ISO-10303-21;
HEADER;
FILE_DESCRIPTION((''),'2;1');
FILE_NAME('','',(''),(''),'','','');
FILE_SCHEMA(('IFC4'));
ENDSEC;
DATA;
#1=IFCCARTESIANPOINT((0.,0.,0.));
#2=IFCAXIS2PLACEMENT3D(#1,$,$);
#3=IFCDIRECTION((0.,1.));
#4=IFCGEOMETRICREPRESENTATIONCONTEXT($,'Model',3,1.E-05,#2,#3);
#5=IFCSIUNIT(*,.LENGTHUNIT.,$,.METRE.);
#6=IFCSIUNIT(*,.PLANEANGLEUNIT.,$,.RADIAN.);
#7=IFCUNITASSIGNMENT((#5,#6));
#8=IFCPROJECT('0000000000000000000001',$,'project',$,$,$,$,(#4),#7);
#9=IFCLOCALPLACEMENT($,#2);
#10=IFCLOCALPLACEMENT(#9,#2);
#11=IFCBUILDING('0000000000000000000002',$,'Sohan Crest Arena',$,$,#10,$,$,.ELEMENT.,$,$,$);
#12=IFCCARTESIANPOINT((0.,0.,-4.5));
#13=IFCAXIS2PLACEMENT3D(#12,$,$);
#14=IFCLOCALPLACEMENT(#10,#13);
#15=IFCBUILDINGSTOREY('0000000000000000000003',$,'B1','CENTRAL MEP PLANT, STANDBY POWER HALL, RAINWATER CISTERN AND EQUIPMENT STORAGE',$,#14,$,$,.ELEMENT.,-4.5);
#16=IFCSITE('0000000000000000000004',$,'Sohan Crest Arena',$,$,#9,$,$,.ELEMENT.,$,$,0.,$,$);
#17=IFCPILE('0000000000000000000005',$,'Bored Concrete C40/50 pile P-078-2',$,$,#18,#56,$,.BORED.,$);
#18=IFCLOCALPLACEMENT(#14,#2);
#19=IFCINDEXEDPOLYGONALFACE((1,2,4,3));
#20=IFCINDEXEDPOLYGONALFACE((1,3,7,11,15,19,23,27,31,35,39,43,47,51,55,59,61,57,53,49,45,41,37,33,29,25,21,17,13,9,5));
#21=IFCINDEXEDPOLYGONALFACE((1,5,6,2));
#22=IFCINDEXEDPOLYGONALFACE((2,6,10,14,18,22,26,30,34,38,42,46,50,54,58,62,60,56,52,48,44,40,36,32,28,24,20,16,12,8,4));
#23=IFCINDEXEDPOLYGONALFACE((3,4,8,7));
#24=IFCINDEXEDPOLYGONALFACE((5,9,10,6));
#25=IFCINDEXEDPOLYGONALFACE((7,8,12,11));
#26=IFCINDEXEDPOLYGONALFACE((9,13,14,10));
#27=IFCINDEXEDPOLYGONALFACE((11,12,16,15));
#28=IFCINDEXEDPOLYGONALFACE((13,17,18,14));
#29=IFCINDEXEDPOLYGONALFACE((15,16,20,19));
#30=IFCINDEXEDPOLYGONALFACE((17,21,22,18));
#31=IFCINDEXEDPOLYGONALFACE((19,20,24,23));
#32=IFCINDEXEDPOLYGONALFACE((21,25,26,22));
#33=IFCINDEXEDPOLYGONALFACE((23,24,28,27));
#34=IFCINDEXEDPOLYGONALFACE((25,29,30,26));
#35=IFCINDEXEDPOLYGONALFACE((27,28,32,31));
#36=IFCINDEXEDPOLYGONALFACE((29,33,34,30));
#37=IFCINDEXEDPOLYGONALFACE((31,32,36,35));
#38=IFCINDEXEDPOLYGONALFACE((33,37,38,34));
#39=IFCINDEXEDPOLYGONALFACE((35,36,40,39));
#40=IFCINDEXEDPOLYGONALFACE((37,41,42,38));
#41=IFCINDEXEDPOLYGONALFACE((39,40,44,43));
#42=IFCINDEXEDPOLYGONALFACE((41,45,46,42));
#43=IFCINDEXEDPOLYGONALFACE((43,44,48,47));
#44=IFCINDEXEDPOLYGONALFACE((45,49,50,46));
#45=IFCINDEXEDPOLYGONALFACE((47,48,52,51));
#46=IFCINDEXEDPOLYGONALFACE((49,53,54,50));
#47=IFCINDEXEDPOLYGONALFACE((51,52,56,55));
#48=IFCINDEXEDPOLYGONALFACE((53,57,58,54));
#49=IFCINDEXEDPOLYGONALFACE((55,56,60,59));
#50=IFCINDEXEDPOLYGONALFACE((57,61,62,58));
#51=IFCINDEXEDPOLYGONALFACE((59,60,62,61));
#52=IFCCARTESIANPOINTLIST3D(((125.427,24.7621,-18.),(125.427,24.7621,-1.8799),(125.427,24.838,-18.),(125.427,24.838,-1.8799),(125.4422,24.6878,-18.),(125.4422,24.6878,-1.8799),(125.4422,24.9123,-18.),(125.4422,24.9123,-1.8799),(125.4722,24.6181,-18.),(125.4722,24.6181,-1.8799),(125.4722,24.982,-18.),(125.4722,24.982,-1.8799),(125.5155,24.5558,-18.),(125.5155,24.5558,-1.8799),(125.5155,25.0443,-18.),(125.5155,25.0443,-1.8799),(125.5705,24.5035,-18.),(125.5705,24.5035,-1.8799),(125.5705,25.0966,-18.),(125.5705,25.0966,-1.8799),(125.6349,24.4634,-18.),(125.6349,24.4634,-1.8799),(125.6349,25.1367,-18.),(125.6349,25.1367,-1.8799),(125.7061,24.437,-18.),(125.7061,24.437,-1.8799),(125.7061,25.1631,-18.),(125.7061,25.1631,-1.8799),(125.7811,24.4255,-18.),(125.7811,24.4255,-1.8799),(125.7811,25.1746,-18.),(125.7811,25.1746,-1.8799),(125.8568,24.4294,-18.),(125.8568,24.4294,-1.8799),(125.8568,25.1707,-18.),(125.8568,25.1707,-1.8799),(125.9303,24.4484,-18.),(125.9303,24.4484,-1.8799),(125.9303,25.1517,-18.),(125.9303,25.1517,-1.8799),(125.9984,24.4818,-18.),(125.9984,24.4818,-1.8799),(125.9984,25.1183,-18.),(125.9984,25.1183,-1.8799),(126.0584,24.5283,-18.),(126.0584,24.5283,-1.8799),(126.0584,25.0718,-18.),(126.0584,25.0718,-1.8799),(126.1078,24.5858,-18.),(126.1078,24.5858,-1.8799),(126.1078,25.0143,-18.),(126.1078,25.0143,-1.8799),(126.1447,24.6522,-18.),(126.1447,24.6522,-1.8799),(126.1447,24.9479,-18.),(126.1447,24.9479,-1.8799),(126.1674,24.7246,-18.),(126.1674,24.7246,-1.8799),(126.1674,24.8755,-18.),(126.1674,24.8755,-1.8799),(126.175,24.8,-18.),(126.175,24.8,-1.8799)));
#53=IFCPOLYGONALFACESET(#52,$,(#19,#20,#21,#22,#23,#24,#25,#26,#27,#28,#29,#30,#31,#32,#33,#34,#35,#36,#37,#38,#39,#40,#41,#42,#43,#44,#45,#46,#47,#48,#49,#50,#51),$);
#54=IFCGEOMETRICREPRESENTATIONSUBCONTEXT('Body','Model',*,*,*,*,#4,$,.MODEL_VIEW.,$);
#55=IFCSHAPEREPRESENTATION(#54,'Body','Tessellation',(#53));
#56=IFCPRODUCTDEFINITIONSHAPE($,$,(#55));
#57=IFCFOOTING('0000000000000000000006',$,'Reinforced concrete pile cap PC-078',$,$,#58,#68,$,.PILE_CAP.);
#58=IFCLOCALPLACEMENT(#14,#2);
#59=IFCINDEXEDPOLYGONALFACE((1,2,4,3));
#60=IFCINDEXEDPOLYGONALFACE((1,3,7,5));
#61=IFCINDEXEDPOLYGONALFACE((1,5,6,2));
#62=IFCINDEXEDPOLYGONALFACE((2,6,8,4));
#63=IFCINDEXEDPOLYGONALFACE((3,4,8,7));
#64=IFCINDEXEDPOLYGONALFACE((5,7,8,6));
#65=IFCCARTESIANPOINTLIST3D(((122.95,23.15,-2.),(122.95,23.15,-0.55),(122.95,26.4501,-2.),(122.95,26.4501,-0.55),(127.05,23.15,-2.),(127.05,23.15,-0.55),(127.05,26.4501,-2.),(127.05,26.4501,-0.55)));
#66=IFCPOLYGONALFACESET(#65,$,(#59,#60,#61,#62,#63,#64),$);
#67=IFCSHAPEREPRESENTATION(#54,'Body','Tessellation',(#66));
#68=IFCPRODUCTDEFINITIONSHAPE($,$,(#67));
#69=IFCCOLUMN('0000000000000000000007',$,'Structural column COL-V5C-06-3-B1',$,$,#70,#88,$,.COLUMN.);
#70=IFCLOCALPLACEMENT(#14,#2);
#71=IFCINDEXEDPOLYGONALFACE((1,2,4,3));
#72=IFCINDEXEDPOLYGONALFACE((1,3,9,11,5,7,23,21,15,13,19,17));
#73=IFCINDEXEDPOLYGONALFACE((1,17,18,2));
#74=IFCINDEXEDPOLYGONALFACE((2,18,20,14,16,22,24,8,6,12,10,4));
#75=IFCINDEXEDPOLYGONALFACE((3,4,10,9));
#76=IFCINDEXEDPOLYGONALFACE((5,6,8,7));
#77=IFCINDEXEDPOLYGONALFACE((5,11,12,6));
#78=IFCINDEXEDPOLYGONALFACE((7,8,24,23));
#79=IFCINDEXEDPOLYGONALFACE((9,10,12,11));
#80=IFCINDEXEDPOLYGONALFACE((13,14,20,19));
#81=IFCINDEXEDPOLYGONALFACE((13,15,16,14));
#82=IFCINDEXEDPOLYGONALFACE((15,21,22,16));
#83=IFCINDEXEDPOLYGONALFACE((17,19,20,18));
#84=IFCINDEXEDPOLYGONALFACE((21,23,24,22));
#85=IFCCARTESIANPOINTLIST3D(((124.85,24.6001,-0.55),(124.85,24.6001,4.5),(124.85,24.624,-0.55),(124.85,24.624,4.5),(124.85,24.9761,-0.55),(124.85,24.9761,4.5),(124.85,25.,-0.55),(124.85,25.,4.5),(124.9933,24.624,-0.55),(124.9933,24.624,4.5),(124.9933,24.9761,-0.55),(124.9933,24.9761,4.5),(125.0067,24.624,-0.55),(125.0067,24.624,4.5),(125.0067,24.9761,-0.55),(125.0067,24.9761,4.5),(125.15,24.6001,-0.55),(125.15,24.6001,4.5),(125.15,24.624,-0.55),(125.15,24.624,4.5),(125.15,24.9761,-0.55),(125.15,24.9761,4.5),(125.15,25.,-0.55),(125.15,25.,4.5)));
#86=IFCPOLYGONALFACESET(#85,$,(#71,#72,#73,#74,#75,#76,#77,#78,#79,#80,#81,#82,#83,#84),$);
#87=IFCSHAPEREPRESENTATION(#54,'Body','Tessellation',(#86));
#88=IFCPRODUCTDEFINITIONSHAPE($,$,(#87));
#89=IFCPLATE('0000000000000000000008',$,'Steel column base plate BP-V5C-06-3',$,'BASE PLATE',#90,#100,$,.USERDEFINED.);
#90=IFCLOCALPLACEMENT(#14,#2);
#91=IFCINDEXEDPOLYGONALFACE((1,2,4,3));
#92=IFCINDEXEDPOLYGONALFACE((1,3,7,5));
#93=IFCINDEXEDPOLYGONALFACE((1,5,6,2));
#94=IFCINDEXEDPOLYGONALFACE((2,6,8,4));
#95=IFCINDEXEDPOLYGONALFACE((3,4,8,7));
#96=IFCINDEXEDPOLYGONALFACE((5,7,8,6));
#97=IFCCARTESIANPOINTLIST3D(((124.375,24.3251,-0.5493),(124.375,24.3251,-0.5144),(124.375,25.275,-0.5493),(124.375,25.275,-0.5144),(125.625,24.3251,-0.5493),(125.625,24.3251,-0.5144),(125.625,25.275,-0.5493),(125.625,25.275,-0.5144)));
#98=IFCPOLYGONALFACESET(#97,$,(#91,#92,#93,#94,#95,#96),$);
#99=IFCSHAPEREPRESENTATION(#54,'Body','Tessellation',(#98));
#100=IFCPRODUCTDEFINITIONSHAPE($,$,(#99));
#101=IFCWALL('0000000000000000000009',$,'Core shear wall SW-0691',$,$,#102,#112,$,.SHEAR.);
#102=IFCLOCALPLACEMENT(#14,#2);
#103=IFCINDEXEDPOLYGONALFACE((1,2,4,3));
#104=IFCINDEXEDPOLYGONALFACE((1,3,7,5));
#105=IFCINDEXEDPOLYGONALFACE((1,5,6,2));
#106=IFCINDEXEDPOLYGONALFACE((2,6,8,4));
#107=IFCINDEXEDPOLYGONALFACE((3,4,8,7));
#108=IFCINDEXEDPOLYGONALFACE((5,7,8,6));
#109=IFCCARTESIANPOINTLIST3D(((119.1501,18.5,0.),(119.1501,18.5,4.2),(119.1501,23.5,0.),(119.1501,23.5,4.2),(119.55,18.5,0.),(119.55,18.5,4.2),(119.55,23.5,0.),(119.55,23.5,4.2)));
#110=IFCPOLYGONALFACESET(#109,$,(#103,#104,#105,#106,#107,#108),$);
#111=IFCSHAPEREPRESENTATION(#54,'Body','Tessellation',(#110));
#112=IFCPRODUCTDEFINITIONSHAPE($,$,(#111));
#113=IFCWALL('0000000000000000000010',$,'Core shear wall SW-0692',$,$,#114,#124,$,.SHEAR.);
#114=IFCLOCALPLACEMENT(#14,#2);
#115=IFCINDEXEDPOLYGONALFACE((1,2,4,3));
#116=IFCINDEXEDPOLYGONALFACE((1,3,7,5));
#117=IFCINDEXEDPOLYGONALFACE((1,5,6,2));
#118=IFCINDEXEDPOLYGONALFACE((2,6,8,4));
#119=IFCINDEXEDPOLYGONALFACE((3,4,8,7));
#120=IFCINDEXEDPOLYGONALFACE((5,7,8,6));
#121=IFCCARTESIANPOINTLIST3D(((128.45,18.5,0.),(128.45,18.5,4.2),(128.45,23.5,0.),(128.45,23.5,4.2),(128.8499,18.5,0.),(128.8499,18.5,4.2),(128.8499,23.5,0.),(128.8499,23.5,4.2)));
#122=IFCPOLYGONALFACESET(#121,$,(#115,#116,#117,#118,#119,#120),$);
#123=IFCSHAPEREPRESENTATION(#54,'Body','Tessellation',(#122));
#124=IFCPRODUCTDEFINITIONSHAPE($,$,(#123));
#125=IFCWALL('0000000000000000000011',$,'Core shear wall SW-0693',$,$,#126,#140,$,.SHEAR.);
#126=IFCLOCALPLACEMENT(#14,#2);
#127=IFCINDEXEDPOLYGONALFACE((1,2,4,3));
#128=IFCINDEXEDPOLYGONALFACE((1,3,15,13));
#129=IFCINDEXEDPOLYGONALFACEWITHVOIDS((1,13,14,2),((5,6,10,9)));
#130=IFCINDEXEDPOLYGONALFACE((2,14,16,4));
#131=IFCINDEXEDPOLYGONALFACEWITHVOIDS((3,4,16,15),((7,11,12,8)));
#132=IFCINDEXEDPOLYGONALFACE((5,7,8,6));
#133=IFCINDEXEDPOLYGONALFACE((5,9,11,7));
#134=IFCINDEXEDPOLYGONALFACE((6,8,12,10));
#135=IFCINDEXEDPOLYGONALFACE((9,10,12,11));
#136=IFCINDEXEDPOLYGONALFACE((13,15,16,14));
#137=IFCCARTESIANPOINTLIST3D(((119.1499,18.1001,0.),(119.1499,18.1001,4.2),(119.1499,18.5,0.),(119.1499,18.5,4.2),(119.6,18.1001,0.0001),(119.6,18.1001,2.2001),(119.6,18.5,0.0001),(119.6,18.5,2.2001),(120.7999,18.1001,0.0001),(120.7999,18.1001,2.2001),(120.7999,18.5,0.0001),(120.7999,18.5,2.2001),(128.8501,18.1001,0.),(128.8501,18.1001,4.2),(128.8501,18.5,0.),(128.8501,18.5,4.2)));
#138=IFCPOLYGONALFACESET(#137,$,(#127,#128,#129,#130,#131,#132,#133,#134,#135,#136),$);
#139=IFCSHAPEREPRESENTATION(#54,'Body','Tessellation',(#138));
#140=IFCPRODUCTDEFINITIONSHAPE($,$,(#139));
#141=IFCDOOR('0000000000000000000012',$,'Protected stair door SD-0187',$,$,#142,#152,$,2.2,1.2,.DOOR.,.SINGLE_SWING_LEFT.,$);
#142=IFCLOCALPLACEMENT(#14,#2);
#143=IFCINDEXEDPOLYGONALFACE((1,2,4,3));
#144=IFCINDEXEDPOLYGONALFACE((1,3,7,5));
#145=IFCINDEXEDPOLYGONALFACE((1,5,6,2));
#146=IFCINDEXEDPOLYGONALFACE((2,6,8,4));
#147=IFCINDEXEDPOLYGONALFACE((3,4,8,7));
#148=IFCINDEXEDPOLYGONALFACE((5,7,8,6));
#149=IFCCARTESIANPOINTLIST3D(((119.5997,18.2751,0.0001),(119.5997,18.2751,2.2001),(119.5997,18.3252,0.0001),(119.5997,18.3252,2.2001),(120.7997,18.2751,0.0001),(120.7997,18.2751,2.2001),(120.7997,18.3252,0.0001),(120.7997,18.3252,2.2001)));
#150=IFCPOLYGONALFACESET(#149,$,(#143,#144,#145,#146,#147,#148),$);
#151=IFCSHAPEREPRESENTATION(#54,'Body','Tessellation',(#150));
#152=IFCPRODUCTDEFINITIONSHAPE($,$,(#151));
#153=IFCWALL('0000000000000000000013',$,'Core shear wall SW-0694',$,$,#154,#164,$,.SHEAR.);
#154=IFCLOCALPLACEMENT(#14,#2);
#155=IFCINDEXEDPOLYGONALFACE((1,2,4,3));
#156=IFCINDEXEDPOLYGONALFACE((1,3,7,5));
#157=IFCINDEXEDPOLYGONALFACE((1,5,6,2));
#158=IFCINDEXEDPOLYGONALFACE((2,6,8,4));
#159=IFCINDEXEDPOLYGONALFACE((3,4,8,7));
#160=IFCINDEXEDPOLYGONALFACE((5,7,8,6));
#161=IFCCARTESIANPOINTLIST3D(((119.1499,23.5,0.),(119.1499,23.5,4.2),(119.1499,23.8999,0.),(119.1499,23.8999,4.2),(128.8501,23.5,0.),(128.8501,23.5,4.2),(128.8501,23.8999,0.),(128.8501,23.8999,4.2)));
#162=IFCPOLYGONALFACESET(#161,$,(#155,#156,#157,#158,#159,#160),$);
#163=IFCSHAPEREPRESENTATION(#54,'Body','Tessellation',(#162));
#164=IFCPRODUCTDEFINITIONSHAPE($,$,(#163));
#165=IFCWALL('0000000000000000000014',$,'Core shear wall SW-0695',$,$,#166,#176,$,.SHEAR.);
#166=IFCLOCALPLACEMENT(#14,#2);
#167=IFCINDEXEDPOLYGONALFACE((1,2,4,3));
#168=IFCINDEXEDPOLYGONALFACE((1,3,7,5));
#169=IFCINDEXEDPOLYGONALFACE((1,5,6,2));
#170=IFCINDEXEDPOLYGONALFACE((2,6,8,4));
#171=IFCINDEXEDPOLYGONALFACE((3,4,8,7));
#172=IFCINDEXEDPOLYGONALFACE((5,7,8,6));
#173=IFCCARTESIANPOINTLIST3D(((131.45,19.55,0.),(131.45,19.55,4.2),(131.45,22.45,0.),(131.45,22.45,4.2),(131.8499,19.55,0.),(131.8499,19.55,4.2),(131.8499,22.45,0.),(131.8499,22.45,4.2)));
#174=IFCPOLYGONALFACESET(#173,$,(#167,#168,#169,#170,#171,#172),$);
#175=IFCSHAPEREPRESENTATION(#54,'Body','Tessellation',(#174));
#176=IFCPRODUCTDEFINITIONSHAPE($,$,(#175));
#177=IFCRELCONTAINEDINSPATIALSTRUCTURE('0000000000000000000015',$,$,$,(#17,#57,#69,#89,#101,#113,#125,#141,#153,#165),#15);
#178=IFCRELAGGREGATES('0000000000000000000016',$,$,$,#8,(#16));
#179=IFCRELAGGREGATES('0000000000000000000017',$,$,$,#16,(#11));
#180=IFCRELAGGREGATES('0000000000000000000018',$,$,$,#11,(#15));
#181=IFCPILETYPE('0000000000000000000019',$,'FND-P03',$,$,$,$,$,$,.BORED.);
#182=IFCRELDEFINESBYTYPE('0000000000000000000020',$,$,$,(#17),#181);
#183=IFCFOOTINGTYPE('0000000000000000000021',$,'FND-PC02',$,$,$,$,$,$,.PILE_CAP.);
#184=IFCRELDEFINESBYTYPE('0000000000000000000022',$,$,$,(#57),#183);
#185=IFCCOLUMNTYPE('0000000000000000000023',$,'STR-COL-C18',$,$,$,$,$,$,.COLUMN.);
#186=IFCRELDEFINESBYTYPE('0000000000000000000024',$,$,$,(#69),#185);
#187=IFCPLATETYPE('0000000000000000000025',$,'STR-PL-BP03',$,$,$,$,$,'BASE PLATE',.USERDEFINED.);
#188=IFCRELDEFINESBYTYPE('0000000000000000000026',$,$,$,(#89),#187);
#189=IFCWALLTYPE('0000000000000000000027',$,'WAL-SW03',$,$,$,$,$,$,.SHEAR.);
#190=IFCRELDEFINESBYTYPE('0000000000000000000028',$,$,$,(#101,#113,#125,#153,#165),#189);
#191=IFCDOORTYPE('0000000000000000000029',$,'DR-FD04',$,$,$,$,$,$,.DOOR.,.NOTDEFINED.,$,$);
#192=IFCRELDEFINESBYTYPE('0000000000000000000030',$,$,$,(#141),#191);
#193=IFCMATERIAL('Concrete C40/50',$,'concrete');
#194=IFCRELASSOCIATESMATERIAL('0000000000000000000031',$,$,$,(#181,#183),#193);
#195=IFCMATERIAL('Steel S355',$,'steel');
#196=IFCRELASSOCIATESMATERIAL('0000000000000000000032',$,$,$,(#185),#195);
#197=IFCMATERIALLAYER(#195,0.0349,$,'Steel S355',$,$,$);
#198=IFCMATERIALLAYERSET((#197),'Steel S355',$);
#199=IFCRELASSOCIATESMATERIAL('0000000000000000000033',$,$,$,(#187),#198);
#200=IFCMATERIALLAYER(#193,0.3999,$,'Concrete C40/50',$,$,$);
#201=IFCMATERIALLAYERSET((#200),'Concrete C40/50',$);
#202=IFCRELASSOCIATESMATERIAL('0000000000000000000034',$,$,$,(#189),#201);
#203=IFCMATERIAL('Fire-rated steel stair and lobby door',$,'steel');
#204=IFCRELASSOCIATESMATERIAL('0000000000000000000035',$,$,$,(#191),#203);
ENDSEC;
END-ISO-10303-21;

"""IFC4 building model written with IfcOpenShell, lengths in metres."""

from ifc_helpers import new_model, si_unit, direction, frame, frame_2d, origin, origin_2d, place, context, subcontext, project, spatial, rectangle, circle, i_section, extrude, material, layer, layer_set, material_profile, profile_set, type_object, element, fill, save


model = new_model("IFC4")

# Units and contexts
model_context = context("Model", 3, precision=1e-05, world=origin(), true_north=direction((0.0, 1.0)))
body_context = subcontext(model_context, "Body", "Model", "MODEL_VIEW")
ifc_project = project(units=[si_unit("LENGTHUNIT", "METRE"), si_unit("PLANEANGLEUNIT", "RADIAN")], contexts=[model_context])

# Site, building, storey
site_placement = place(None, origin())
site = spatial("IfcSite", under=ifc_project, at=site_placement, Name="Sohan Crest Arena", CompositionType="ELEMENT", RefElevation=0.0)
building_placement = place(site_placement, origin())
building = spatial("IfcBuilding", under=site, at=building_placement, Name="Sohan Crest Arena", CompositionType="ELEMENT")
storey_placement = place(building_placement, frame((0.0, 0.0, -4.5)))
storey = spatial("IfcBuildingStorey", under=building, at=storey_placement, Name="B1", Description="CENTRAL MEP PLANT, STANDBY POWER HALL, RAINWATER CISTERN AND EQUIPMENT STORAGE", CompositionType="ELEMENT", Elevation=-4.5)

# Shared definitions
ifc_material_1 = material(Name="Concrete C40/50", Category="concrete")

# Pile
ifc_material_profile_1 = material_profile(ifc_material_1, circle(Radius=0.375, at=origin_2d()), Name="PILE D750")
ifc_profile_set_1 = profile_set([ifc_material_profile_1], Name="Concrete C40/50")
pile_type_1 = type_object("IfcPileType", Name="FND-P03", PredefinedType="BORED", material=ifc_profile_set_1)
for number, where, z_axis, x_axis, name in (
    (1, (125.8, 24.8, -18.0), (0.0, 0.0, 1.0), (1.0, 0.0, 0.0), "Bored Concrete C40/50 pile P-078-2"),
):
    element("IfcPile", number, at=place(storey_placement, frame(where, z_axis=z_axis, x_axis=x_axis)), inside=storey, type_object=pile_type_1, Name=name, PredefinedType="BORED", context=body_context, shape_type="SweptSolid", body=[
        extrude(circle(Radius=0.375, at=origin_2d()), origin(), (0.0, 0.0, 1.0), 16.1201),
    ])

# Footing
footing_type_1 = type_object("IfcFootingType", Name="FND-PC02", PredefinedType="PILE_CAP", material=ifc_material_1)
footing_1_placement = place(storey_placement, frame((125.0, 24.8, -2.0), z_axis=(0.0, 0.0, 1.0), x_axis=(1.0, 0.0, 0.0)))
element("IfcFooting", 2, at=footing_1_placement, inside=storey, type_object=footing_type_1, Name="Reinforced concrete pile cap PC-078", PredefinedType="PILE_CAP", context=body_context, shape_type="SweptSolid", body=[
    extrude(rectangle(XDim=4.1001, YDim=3.3, at=origin_2d()), origin(), (0.0, 0.0, 1.0), 1.45),
])

# Column
ifc_material_2 = material(Name="Steel S355", Category="steel")
ifc_material_profile_2 = material_profile(ifc_material_2, i_section(OverallWidth=0.3, OverallDepth=0.3999, WebThickness=0.0134, FlangeThickness=0.0239, at=origin_2d()), Name="HEB 400")
ifc_profile_set_2 = profile_set([ifc_material_profile_2], Name="Steel S355")
column_type = type_object("IfcColumnType", Name="STR-COL-C18", PredefinedType="COLUMN", material=ifc_profile_set_2)
column_placement = place(storey_placement, frame((125.0, 24.8, -0.55), z_axis=(0.0, 0.0, 1.0), x_axis=(1.0, 0.0, 0.0)))
element("IfcColumn", 3, at=column_placement, inside=storey, type_object=column_type, Name="Structural column COL-V5C-06-3-B1", PredefinedType="COLUMN", context=body_context, shape_type="SweptSolid", body=[
    extrude(i_section(OverallWidth=0.3, OverallDepth=0.3999, WebThickness=0.0134, FlangeThickness=0.0239, at=origin_2d()), origin(), (0.0, 0.0, 1.0), 5.05),
])

# Plate
ifc_layer_1 = layer(ifc_material_2, 0.0349, Name="Steel S355")
ifc_layer_set_1 = layer_set([ifc_layer_1], Name="Steel S355")
plate_type = type_object("IfcPlateType", Name="STR-PL-BP03", ElementType="BASE PLATE", PredefinedType="USERDEFINED", material=ifc_layer_set_1)
plate_placement = place(storey_placement, frame((125.0, 24.8, -0.5493), z_axis=(0.0, 0.0, 1.0), x_axis=(1.0, 0.0, 0.0)))
element("IfcPlate", 4, at=plate_placement, inside=storey, type_object=plate_type, Name="Steel column base plate BP-V5C-06-3", ObjectType="BASE PLATE", PredefinedType="USERDEFINED", context=body_context, shape_type="SweptSolid", body=[
    extrude(rectangle(XDim=1.25, YDim=0.95, at=origin_2d()), origin(), (0.0, 0.0, 1.0), 0.0349),
])

# Walls
ifc_layer_2 = layer(ifc_material_1, 0.3999, Name="Concrete C40/50")
ifc_layer_set_2 = layer_set([ifc_layer_2], Name="Concrete C40/50")
wall_type = type_object("IfcWallType", Name="WAL-SW03", PredefinedType="SHEAR", material=ifc_layer_set_2)
for number, where, z_axis, x_axis, name in (
    (5, (119.3501, 18.5, 0.0), (0.0, 0.0, 1.0), (0.0, 1.0, 0.0), "Core shear wall SW-0691"),
    (6, (128.6499, 18.5, 0.0), (0.0, 0.0, 1.0), (0.0, 1.0, 0.0), "Core shear wall SW-0692"),
):
    element("IfcWall", number, at=place(storey_placement, frame(where, z_axis=z_axis, x_axis=x_axis)), inside=storey, type_object=wall_type, Name=name, PredefinedType="SHEAR", context=body_context, shape_type="SweptSolid", body=[
        extrude(rectangle(XDim=5.0, YDim=0.3999, at=frame_2d((2.5, 0.0))), origin(), (0.0, 0.0, 1.0), 4.2),
    ])

# Wall, opening, door
wall_1_placement = place(storey_placement, frame((119.1499, 18.3, 0.0), z_axis=(0.0, 0.0, 1.0), x_axis=(1.0, 0.0, 0.0)))
wall_1 = element("IfcWall", 7, at=wall_1_placement, inside=storey, type_object=wall_type, Name="Core shear wall SW-0693", PredefinedType="SHEAR", context=body_context, shape_type="SweptSolid", body=[
    extrude(rectangle(XDim=9.7002, YDim=0.3999, at=frame_2d((4.8501, 0.0))), origin(), (0.0, 0.0, 1.0), 4.2),
])
opening_1_placement = place(wall_1_placement, frame((0.45, 0.0, 0.0)))
opening_1 = element("IfcOpeningElement", 8, at=opening_1_placement, cuts=wall_1, PredefinedType="OPENING", context=body_context, shape_type="SweptSolid", body=[
    extrude(rectangle(XDim=1.2, YDim=2.2, at=frame_2d((0.6001, 1.1001))), frame((0.0, 0.21, 0.0), z_axis=(0.0, -1.0, 0.0), x_axis=(1.0, 0.0, 0.0)), (0.0, 0.0, 1.0), 0.4199),
])
ifc_material_3 = material(Name="Fire-rated steel stair and lobby door", Category="steel")
door_type_1 = type_object("IfcDoorType", Name="DR-FD04", OperationType="NOTDEFINED", PredefinedType="DOOR", material=ifc_material_3)
door_1_placement = place(opening_1_placement, frame((1.2, 0.0, 0.0), z_axis=(0.0, 0.0, 1.0), x_axis=(-1.0, 0.0, 0.0)))
door_1 = element("IfcDoor", 9, at=door_1_placement, inside=storey, type_object=door_type_1, Name="Protected stair door SD-0187", OperationType="SINGLE_SWING_LEFT", OverallHeight=2.2, OverallWidth=1.2, PredefinedType="DOOR", context=body_context, shape_type="SweptSolid", body=[
    extrude(rectangle(XDim=1.2, YDim=2.2, at=frame_2d((0.6001, 1.1001))), frame((0.0, 0.0249, 0.0), z_axis=(0.0, -1.0, 0.0), x_axis=(1.0, 0.0, 0.0)), (0.0, 0.0, 1.0), 0.05),
])
fill(opening_1, door_1)

# Walls
wall_2_placement = place(storey_placement, frame((119.1499, 23.7, 0.0), z_axis=(0.0, 0.0, 1.0), x_axis=(1.0, 0.0, 0.0)))
element("IfcWall", 10, at=wall_2_placement, inside=storey, type_object=wall_type, Name="Core shear wall SW-0694", PredefinedType="SHEAR", context=body_context, shape_type="SweptSolid", body=[
    extrude(rectangle(XDim=9.7002, YDim=0.3999, at=frame_2d((4.8501, 0.0))), origin(), (0.0, 0.0, 1.0), 4.2),
])
wall_3_placement = place(storey_placement, frame((131.6499, 19.55, 0.0), z_axis=(0.0, 0.0, 1.0), x_axis=(0.0, 1.0, 0.0)))
element("IfcWall", 11, at=wall_3_placement, inside=storey, type_object=wall_type, Name="Core shear wall SW-0695", PredefinedType="SHEAR", context=body_context, shape_type="SweptSolid", body=[
    extrude(rectangle(XDim=2.8999, YDim=0.3999, at=frame_2d((1.45, 0.0))), origin(), (0.0, 0.0, 1.0), 4.2),
])

save(model, "model.ifc")
